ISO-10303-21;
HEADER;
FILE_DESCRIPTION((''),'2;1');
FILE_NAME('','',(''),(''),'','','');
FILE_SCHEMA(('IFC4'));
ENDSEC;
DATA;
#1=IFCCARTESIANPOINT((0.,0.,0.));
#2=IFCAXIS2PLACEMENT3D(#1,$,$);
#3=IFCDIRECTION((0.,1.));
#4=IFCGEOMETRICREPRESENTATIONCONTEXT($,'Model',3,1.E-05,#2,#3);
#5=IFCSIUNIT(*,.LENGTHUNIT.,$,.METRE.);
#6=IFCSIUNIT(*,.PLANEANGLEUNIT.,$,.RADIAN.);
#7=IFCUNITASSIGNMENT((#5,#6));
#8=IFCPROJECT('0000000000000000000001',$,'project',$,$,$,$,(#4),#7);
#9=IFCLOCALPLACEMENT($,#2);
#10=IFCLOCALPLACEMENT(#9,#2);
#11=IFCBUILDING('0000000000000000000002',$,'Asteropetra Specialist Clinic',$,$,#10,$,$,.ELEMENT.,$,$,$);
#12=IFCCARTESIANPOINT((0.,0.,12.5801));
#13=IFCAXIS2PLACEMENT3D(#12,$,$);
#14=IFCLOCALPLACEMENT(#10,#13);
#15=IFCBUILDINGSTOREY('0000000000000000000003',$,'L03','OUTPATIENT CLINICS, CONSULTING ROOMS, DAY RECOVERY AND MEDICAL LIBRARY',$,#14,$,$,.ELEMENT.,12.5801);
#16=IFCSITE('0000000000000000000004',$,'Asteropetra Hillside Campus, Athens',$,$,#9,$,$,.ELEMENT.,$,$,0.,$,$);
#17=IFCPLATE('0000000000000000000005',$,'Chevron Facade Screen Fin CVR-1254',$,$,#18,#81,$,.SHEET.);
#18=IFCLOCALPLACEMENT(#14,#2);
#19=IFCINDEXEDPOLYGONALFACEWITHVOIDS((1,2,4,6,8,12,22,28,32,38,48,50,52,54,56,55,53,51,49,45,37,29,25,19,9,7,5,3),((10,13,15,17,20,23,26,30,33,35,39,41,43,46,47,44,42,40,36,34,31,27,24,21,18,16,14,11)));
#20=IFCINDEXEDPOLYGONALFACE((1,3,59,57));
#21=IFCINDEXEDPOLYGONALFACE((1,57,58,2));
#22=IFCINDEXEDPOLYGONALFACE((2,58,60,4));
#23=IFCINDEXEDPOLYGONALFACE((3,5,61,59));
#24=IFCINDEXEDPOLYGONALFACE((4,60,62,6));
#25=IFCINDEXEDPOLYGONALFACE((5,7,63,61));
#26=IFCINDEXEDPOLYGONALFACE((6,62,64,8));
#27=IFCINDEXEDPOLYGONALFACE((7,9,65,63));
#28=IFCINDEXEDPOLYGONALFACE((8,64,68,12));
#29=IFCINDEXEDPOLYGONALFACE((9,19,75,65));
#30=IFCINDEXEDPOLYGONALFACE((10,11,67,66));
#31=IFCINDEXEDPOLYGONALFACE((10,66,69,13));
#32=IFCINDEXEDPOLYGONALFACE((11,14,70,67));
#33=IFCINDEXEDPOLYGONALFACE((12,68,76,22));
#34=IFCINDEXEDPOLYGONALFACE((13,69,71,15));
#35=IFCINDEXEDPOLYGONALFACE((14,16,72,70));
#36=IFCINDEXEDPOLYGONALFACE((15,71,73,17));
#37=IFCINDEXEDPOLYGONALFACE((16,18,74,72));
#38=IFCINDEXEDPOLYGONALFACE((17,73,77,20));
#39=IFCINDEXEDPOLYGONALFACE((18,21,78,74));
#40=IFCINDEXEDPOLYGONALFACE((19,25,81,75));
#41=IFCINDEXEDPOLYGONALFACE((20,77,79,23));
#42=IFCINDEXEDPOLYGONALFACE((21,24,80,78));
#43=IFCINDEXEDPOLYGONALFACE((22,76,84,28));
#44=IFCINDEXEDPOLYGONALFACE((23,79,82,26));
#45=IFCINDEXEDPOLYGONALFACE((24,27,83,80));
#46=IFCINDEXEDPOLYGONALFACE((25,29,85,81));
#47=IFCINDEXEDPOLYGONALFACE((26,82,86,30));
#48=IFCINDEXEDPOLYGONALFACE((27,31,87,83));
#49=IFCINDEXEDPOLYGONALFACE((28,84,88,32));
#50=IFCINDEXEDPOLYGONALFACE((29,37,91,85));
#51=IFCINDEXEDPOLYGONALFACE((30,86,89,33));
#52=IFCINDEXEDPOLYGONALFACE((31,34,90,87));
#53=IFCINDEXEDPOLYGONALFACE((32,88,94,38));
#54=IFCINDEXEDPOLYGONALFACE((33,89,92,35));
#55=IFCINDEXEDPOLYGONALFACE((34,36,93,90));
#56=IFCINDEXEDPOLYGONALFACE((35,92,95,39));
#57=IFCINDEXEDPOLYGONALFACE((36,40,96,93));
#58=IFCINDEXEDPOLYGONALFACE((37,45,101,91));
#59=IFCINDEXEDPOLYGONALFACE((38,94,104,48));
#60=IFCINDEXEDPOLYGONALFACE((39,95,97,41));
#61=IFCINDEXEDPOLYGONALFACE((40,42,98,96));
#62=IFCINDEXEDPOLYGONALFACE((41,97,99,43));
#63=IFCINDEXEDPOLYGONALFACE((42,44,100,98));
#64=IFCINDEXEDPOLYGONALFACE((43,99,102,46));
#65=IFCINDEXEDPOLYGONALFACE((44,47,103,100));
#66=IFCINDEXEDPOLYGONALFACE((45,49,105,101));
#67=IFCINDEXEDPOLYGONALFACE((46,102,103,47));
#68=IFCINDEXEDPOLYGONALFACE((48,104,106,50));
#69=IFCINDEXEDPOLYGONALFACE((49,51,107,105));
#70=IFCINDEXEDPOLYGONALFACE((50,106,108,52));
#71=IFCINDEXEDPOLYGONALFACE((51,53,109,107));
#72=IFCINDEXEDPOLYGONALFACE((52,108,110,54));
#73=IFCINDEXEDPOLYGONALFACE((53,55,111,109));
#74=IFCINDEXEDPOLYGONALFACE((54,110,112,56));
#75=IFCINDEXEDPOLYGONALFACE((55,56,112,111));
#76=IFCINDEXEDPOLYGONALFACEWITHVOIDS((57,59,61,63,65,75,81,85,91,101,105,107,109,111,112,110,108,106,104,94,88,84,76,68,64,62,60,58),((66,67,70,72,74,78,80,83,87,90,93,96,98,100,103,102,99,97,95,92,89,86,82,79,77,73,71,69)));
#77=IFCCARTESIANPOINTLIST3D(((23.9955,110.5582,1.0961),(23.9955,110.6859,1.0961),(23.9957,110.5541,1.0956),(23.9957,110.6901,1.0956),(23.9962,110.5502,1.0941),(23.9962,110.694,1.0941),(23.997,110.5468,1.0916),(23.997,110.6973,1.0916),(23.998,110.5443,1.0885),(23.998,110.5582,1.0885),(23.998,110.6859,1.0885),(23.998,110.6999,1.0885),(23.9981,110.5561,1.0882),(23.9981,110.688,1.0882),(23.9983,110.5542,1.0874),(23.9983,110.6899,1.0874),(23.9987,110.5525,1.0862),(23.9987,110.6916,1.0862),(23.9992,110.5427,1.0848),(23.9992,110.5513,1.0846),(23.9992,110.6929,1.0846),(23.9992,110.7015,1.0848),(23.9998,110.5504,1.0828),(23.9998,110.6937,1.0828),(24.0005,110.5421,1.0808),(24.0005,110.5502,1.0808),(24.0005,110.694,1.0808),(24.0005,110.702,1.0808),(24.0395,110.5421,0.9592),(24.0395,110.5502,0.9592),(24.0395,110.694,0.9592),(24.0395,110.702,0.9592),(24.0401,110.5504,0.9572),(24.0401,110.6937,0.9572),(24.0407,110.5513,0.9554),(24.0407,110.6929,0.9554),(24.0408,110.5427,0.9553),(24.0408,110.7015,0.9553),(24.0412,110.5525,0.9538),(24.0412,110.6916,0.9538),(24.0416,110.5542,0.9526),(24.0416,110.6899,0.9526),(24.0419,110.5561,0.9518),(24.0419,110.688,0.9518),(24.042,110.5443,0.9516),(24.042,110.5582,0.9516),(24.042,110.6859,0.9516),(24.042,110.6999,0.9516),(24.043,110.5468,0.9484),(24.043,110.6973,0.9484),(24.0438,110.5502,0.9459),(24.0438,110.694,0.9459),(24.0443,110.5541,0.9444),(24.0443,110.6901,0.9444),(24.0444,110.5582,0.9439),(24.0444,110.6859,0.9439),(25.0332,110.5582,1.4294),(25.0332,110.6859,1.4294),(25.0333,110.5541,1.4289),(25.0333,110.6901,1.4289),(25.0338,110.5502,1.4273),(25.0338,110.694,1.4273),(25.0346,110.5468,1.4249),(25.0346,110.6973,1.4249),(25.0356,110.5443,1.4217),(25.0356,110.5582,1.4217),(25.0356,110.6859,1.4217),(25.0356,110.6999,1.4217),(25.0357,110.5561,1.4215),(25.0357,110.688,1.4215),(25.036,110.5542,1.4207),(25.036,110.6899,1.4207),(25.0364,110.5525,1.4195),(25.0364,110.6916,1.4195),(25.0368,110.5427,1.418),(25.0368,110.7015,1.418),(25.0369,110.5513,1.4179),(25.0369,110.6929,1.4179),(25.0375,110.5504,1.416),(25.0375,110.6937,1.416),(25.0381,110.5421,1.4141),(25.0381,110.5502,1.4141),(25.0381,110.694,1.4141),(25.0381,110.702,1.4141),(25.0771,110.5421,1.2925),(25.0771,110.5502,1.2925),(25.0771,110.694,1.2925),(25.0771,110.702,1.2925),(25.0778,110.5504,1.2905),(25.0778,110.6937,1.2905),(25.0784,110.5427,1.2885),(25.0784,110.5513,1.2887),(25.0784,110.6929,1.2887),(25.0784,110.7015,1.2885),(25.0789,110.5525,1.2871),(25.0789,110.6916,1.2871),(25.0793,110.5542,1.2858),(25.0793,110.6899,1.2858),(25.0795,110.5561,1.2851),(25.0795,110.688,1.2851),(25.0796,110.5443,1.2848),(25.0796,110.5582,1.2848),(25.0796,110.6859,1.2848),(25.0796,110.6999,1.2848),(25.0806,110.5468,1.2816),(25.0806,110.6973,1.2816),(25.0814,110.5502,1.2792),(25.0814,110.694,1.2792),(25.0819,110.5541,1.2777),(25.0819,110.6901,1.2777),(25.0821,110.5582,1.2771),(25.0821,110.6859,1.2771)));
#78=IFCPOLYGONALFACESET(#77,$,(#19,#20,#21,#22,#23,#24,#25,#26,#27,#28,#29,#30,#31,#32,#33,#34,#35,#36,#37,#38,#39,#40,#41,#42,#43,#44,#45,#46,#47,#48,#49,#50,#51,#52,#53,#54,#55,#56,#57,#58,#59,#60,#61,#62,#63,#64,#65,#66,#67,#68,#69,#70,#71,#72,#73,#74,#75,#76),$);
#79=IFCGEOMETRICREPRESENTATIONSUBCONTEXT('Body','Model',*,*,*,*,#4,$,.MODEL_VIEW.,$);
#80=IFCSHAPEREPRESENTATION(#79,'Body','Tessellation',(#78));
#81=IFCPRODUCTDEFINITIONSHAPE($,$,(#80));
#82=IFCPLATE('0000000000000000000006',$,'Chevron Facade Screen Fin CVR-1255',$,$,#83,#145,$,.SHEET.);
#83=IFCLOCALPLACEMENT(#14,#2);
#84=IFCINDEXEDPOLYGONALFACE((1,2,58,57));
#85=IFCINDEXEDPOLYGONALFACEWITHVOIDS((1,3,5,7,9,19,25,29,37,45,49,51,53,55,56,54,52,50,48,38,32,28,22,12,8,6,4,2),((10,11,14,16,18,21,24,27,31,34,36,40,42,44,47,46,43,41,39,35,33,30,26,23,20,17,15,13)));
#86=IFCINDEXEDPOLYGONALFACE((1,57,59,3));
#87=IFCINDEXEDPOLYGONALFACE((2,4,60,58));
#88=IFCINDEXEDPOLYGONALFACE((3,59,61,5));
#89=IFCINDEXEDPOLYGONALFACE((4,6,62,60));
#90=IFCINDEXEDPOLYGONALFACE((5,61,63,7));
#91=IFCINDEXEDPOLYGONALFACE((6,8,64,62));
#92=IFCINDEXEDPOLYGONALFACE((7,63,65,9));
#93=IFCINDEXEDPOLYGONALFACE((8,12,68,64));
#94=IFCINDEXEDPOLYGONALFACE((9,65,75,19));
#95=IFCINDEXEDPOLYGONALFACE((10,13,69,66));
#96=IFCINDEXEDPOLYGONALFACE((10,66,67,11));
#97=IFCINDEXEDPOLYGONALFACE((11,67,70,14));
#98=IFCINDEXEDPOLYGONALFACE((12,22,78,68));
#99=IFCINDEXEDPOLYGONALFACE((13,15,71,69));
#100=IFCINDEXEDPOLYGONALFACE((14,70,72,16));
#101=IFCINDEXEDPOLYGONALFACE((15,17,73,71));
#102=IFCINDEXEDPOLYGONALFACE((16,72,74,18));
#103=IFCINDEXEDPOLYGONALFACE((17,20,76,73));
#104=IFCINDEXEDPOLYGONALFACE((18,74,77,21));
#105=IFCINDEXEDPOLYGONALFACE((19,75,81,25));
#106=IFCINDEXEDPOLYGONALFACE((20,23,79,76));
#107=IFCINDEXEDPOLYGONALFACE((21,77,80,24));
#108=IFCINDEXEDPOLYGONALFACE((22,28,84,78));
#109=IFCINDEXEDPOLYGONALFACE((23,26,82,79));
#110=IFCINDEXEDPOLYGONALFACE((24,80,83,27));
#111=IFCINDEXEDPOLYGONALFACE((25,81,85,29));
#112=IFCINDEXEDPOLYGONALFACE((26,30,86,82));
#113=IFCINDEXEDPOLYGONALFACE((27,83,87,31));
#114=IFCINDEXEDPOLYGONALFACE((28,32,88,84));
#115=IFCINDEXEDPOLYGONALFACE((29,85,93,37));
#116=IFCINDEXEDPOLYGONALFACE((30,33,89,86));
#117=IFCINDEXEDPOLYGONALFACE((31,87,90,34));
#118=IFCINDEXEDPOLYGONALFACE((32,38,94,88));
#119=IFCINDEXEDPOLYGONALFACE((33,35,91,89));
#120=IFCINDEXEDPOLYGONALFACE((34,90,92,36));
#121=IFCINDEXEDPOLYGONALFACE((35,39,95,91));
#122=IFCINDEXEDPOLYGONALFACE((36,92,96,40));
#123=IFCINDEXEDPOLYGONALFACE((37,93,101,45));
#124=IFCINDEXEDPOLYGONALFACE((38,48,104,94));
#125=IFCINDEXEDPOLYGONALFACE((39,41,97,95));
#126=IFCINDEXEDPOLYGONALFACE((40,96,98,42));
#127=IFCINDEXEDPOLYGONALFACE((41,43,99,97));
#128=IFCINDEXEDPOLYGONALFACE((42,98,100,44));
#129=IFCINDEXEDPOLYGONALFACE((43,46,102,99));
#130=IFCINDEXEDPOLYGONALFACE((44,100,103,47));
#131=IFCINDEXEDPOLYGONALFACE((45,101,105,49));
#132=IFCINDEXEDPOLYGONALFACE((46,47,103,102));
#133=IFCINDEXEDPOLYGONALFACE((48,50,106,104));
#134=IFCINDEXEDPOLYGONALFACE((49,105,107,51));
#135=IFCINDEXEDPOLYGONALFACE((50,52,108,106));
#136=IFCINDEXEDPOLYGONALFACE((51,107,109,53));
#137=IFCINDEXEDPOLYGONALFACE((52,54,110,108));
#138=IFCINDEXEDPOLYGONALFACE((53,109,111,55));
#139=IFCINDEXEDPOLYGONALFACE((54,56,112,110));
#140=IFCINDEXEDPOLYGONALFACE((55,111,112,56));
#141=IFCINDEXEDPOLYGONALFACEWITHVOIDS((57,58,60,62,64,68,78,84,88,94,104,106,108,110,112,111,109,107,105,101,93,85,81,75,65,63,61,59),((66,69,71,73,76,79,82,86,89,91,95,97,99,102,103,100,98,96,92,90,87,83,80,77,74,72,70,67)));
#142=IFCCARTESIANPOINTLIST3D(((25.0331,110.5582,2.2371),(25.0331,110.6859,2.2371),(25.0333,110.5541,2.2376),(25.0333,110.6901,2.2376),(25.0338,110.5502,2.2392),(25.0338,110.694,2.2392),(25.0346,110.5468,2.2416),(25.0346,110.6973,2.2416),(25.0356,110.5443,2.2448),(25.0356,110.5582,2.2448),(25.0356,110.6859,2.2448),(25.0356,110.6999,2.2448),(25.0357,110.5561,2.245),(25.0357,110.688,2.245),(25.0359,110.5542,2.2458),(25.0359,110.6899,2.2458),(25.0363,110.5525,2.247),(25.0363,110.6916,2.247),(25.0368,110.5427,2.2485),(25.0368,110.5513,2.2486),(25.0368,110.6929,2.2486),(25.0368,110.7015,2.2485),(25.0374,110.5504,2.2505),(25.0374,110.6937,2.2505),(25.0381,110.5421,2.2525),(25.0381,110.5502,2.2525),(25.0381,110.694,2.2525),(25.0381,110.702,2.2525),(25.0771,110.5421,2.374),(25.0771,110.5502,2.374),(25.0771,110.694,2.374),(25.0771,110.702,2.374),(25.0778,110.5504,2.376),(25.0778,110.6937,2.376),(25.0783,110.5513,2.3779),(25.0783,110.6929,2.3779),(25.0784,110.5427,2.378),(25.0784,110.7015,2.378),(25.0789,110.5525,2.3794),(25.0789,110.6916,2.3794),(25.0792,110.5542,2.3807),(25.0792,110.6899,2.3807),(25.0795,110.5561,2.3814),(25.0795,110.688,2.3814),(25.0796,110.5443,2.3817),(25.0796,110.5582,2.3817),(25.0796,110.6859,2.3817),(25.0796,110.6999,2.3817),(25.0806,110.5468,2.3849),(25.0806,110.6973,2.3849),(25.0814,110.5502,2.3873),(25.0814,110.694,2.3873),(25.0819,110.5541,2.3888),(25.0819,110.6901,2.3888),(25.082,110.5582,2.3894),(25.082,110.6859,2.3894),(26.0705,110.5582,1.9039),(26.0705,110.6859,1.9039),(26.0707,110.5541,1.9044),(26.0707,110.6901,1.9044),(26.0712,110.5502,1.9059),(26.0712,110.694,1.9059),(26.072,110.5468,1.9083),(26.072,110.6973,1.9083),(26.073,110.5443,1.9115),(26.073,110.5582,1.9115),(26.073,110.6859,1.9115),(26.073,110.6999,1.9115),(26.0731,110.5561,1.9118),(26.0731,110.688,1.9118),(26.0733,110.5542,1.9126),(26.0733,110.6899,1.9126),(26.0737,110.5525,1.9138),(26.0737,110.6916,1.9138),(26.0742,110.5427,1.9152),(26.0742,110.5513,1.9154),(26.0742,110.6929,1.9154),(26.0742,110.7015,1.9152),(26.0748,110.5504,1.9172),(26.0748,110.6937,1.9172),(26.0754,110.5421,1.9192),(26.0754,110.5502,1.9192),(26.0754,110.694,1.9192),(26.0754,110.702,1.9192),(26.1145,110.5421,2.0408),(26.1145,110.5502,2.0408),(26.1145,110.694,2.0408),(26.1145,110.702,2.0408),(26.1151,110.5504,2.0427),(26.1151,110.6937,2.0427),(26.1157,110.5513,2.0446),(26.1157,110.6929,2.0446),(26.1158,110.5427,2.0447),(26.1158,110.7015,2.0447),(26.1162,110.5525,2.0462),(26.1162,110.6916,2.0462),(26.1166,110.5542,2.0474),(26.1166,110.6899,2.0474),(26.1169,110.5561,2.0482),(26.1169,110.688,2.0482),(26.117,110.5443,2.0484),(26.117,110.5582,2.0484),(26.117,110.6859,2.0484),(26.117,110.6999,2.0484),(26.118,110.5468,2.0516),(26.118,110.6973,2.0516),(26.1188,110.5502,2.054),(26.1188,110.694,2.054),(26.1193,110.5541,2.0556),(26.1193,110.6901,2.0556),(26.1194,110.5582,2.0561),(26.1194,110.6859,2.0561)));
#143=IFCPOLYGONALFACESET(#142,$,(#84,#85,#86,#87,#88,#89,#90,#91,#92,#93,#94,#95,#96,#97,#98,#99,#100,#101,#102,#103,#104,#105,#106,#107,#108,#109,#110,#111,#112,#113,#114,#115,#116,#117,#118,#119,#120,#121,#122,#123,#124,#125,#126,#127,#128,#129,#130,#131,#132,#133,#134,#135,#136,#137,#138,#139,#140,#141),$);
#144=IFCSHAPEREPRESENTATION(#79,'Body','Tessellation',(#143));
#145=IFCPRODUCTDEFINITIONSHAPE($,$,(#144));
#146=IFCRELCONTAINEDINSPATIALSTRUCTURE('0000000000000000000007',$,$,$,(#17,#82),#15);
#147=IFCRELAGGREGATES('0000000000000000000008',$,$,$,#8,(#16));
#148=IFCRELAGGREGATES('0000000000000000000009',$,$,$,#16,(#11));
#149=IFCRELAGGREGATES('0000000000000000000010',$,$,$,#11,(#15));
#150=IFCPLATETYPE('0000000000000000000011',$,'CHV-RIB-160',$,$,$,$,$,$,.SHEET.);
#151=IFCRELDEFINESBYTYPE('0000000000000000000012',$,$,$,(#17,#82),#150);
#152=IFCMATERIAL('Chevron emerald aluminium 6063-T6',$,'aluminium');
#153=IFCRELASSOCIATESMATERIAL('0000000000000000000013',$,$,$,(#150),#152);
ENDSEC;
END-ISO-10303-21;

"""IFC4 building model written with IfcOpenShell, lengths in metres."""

from ifc_helpers import new_model, si_unit, direction, frame, origin, origin_2d, place, context, subcontext, project, spatial, hollow_rectangle, extrude, material, material_profile, profile_set, type_object, element, save


model = new_model("IFC4")

# Units and contexts
model_context = context("Model", 3, precision=1e-05, world=origin(), true_north=direction((0.0, 1.0)))
body_context = subcontext(model_context, "Body", "Model", "MODEL_VIEW")
ifc_project = project(units=[si_unit("LENGTHUNIT", "METRE"), si_unit("PLANEANGLEUNIT", "RADIAN")], contexts=[model_context])

# Site, building, storey
site_placement = place(None, origin())
site = spatial("IfcSite", under=ifc_project, at=site_placement, Name="Asteropetra Hillside Campus, Athens", CompositionType="ELEMENT", RefElevation=0.0)
building_placement = place(site_placement, origin())
building = spatial("IfcBuilding", under=site, at=building_placement, Name="Asteropetra Specialist Clinic", CompositionType="ELEMENT")
storey_placement = place(building_placement, frame((0.0, 0.0, 12.5801)))
storey = spatial("IfcBuildingStorey", under=building, at=storey_placement, Name="L03", Description="OUTPATIENT CLINICS, CONSULTING ROOMS, DAY RECOVERY AND MEDICAL LIBRARY", CompositionType="ELEMENT", Elevation=12.5801)

# Plates
ifc_material_1 = material(Name="Chevron emerald aluminium 6063-T6", Category="aluminium")
ifc_material_profile_1 = material_profile(ifc_material_1, hollow_rectangle(XDim=0.1599, YDim=0.1599, WallThickness=0.0081, InnerFilletRadius=0.0081, OuterFilletRadius=0.0161, at=origin_2d()), Name="SHS 160x160x8.0")
ifc_profile_set_1 = profile_set([ifc_material_profile_1], Name="Chevron emerald aluminium 6063-T6")
plate_type = type_object("IfcPlateType", Name="CHV-RIB-160", PredefinedType="SHEET", material=ifc_profile_set_1)
plate_1_placement = place(storey_placement, frame((25.0576, 110.6221, 1.3533), z_axis=(-0.952098, 0.0, -0.305792), x_axis=(0.0, -1.0, 0.0)))
element("IfcPlate", 1, at=plate_1_placement, inside=storey, type_object=plate_type, Name="Chevron Facade Screen Fin CVR-1254", PredefinedType="SHEET", context=body_context, shape_type="SweptSolid", body=[
    extrude(hollow_rectangle(XDim=0.1599, YDim=0.1599, WallThickness=0.0081, InnerFilletRadius=0.0081, OuterFilletRadius=0.0161, at=origin_2d()), origin(), (0.0, 0.0, 1.0), 1.0898),
])
plate_2_placement = place(storey_placement, frame((26.095, 110.6221, 1.98), z_axis=(-0.952078, 0.0, 0.305857), x_axis=(0.0, -1.0, 0.0)))
element("IfcPlate", 2, at=plate_2_placement, inside=storey, type_object=plate_type, Name="Chevron Facade Screen Fin CVR-1255", PredefinedType="SHEET", context=body_context, shape_type="SweptSolid", body=[
    extrude(hollow_rectangle(XDim=0.1599, YDim=0.1599, WallThickness=0.0081, InnerFilletRadius=0.0081, OuterFilletRadius=0.0161, at=origin_2d()), origin(), (0.0, 0.0, 1.0), 1.0896),
])

save(model, "model.ifc")
